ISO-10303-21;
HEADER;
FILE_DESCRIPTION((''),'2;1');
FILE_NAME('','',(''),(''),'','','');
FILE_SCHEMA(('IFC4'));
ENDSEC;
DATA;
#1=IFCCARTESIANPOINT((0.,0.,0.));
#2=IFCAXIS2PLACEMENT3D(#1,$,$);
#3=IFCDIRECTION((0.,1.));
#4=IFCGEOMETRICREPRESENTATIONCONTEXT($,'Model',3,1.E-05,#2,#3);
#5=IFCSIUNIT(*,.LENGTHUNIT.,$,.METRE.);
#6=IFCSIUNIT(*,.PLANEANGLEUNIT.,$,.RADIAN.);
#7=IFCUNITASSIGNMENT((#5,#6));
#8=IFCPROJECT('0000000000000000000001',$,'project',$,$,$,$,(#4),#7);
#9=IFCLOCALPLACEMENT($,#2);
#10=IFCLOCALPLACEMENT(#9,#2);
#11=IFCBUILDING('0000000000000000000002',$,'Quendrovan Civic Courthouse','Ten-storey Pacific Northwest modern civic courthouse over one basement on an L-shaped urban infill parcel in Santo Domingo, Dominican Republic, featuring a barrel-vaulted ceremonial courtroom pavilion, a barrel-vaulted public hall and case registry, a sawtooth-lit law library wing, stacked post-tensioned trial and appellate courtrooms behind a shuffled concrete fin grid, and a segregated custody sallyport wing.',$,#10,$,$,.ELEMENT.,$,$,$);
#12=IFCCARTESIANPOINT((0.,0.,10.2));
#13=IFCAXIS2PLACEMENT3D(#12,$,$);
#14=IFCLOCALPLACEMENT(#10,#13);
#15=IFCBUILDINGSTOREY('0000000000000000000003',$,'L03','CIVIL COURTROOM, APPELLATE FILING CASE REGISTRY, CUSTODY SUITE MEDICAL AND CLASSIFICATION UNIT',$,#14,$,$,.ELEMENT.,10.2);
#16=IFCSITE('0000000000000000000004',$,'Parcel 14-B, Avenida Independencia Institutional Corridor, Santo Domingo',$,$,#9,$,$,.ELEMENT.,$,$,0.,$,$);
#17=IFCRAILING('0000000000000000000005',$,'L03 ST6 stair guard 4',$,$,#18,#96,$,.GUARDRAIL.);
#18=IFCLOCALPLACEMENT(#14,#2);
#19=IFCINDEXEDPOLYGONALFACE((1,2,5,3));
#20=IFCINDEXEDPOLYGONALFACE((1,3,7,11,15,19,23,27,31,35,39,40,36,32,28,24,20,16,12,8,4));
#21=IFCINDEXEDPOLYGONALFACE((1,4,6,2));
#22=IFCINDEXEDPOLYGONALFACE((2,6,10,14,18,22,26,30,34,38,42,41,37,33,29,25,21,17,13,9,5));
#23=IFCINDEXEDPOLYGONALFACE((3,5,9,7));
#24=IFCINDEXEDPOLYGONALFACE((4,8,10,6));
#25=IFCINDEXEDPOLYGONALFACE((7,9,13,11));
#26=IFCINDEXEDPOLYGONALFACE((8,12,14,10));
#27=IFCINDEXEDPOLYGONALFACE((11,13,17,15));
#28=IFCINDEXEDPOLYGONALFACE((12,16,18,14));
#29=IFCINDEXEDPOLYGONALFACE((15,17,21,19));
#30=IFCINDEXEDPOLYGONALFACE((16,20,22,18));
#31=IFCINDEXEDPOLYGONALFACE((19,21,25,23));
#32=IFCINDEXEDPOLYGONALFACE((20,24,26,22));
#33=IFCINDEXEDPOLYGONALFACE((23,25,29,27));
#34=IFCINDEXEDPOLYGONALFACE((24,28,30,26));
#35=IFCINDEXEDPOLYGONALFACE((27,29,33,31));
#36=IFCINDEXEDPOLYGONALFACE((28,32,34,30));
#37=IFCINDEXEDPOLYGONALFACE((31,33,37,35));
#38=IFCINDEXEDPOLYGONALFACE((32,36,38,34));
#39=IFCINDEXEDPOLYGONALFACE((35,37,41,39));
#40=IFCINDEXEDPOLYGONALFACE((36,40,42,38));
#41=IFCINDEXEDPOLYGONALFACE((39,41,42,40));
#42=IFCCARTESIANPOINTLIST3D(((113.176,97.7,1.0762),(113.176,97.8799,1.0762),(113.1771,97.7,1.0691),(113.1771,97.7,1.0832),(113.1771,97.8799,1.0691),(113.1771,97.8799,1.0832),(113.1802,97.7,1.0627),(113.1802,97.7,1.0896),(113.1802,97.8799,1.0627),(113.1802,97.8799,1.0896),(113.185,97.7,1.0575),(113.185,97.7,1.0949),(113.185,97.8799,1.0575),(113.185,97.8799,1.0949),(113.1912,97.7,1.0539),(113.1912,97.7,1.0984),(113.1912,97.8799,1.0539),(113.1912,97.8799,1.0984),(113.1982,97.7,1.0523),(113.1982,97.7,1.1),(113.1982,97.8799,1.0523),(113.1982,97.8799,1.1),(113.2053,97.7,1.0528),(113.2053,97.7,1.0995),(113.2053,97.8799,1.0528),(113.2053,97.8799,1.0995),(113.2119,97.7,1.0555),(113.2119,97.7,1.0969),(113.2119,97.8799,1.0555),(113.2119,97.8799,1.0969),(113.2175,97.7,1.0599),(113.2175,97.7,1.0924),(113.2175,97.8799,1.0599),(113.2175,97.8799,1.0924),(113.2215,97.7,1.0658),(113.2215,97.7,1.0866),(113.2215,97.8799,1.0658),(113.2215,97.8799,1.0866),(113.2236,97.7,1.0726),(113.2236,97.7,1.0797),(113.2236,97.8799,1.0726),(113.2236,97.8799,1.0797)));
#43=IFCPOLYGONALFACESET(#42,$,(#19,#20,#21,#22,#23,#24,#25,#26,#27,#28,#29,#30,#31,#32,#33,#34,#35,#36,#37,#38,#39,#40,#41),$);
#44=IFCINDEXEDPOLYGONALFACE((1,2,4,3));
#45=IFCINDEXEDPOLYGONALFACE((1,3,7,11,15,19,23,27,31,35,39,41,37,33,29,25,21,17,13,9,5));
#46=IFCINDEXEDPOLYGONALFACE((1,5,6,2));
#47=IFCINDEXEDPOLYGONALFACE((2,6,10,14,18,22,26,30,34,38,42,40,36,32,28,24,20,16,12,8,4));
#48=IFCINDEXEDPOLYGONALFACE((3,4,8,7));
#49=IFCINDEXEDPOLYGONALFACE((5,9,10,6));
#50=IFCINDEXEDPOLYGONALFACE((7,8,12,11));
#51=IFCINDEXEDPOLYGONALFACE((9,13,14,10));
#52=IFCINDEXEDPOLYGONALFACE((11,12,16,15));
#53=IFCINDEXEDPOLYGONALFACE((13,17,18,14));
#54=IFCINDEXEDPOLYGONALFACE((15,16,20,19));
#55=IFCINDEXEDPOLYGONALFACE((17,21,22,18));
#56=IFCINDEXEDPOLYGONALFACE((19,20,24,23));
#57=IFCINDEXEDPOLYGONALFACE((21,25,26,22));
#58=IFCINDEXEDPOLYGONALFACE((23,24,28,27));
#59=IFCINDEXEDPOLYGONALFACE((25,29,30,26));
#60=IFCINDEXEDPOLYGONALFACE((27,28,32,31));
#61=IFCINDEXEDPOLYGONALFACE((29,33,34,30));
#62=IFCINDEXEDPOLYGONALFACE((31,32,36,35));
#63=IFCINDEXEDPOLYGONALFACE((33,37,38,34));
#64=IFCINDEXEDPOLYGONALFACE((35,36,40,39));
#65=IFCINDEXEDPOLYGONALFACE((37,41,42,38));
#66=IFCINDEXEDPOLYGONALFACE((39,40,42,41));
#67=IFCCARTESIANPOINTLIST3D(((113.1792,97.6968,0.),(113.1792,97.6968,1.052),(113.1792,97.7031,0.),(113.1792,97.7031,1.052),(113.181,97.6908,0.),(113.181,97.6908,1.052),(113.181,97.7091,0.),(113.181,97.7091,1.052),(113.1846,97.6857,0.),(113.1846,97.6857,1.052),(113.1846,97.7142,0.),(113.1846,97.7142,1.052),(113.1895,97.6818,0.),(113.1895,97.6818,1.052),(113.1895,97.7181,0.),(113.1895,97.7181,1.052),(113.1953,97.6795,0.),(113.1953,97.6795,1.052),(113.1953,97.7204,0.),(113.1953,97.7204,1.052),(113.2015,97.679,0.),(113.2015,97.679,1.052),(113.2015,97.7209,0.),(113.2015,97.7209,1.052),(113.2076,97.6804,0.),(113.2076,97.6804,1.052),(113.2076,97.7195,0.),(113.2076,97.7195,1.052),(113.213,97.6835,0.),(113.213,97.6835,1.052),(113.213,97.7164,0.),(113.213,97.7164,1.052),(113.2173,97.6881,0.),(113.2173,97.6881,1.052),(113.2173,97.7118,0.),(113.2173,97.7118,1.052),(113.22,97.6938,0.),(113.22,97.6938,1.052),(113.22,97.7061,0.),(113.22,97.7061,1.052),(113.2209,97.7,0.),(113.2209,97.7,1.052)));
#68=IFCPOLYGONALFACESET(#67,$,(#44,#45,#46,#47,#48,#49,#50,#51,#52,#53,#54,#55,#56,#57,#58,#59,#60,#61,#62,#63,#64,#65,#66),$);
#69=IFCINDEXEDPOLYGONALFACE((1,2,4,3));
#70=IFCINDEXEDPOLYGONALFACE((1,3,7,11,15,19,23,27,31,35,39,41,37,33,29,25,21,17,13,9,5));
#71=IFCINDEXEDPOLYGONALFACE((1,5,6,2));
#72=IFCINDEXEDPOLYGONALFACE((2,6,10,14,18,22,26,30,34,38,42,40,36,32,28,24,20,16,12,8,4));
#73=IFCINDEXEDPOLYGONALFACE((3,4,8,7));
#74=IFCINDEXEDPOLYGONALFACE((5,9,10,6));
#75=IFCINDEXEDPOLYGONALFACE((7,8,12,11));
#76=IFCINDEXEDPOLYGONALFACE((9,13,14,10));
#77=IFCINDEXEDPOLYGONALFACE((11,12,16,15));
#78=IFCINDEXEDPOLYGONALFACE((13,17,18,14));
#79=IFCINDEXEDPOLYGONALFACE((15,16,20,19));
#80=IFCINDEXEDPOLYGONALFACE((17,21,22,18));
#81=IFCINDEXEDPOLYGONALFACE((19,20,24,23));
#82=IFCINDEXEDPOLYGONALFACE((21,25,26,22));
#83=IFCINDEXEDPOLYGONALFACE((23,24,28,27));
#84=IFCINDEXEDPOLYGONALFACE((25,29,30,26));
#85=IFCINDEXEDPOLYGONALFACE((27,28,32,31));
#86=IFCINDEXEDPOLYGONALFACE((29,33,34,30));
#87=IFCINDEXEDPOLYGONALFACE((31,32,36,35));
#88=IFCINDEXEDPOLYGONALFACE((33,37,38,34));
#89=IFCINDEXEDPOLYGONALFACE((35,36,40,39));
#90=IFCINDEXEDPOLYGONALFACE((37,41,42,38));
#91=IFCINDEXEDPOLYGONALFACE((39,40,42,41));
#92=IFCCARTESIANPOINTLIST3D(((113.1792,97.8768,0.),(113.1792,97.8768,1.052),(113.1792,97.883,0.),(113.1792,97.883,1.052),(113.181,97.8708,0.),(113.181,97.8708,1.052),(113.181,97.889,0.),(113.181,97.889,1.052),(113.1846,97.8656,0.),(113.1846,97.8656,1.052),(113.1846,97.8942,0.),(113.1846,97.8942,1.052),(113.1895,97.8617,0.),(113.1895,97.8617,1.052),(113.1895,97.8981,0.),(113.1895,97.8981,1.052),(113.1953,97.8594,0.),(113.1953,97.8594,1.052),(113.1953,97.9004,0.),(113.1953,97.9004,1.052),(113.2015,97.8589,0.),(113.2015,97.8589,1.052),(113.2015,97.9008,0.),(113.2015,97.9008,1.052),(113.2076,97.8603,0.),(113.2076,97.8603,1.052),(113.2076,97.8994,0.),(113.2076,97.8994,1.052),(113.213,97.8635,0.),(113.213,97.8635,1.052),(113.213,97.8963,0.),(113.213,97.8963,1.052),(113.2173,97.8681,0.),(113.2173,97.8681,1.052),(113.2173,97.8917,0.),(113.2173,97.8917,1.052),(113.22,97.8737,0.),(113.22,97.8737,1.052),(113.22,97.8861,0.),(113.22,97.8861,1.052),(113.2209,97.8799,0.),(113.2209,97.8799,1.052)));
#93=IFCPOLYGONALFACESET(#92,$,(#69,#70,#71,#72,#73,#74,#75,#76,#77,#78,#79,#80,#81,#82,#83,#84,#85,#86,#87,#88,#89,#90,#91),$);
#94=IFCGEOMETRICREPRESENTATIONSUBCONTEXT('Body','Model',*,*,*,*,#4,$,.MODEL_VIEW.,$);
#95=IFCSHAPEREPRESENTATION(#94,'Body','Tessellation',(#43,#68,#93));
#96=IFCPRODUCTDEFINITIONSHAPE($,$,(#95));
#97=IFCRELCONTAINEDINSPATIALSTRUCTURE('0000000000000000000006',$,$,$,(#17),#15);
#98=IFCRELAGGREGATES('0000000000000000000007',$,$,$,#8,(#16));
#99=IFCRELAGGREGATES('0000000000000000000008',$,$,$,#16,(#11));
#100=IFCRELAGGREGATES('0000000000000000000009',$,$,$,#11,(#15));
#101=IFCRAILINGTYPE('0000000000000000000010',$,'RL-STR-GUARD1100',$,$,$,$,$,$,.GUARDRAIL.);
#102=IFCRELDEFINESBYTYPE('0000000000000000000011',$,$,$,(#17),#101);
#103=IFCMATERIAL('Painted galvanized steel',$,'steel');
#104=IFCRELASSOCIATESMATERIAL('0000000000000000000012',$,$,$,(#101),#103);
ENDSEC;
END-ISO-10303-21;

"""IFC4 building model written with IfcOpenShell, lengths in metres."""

from ifc_helpers import new_model, si_unit, direction, frame, origin, origin_2d, place, context, subcontext, project, spatial, circle, extrude, material, type_object, element, save


model = new_model("IFC4")

# Units and contexts
model_context = context("Model", 3, precision=1e-05, world=origin(), true_north=direction((0.0, 1.0)))
body_context = subcontext(model_context, "Body", "Model", "MODEL_VIEW")
ifc_project = project(units=[si_unit("LENGTHUNIT", "METRE"), si_unit("PLANEANGLEUNIT", "RADIAN")], contexts=[model_context])

# Site, building, storey
site_placement = place(None, origin())
site = spatial("IfcSite", under=ifc_project, at=site_placement, Name="Parcel 14-B, Avenida Independencia Institutional Corridor, Santo Domingo", CompositionType="ELEMENT", RefElevation=0.0)
building_placement = place(site_placement, origin())
building = spatial("IfcBuilding", under=site, at=building_placement, Name="Quendrovan Civic Courthouse", Description="Ten-storey Pacific Northwest modern civic courthouse over one basement on an L-shaped urban infill parcel in Santo Domingo, Dominican Republic, featuring a barrel-vaulted ceremonial courtroom pavilion, a barrel-vaulted public hall and case registry, a sawtooth-lit law library wing, stacked post-tensioned trial and appellate courtrooms behind a shuffled concrete fin grid, and a segregated custody sallyport wing.", CompositionType="ELEMENT")
storey_placement = place(building_placement, frame((0.0, 0.0, 10.2)))
storey = spatial("IfcBuildingStorey", under=building, at=storey_placement, Name="L03", Description="CIVIL COURTROOM, APPELLATE FILING CASE REGISTRY, CUSTODY SUITE MEDICAL AND CLASSIFICATION UNIT", CompositionType="ELEMENT", Elevation=10.2)

# Railing
ifc_material_1 = material(Name="Painted galvanized steel", Category="steel")
railing_type_1 = type_object("IfcRailingType", Name="RL-STR-GUARD1100", PredefinedType="GUARDRAIL", material=ifc_material_1)
railing_1_placement = place(storey_placement, frame((113.2, 97.7, 0.0)))
element("IfcRailing", 1, at=railing_1_placement, inside=storey, type_object=railing_type_1, Name="L03 ST6 stair guard 4", PredefinedType="GUARDRAIL", context=body_context, shape_type="SweptSolid", body=[
    extrude(circle(Radius=0.0239, at=origin_2d()), frame((0.0, 0.0, 1.0762), z_axis=(0.0, 1.0, 0.0), x_axis=(-1.0, 0.0, 0.0)), (0.0, 0.0, 1.0), 0.1799),
    extrude(circle(Radius=0.021, at=origin_2d()), origin(), (0.0, 0.0, 1.0), 1.052),
    extrude(circle(Radius=0.021, at=origin_2d()), frame((0.0, 0.1799, 0.0)), (0.0, 0.0, 1.0), 1.052),
])

save(model, "model.ifc")
